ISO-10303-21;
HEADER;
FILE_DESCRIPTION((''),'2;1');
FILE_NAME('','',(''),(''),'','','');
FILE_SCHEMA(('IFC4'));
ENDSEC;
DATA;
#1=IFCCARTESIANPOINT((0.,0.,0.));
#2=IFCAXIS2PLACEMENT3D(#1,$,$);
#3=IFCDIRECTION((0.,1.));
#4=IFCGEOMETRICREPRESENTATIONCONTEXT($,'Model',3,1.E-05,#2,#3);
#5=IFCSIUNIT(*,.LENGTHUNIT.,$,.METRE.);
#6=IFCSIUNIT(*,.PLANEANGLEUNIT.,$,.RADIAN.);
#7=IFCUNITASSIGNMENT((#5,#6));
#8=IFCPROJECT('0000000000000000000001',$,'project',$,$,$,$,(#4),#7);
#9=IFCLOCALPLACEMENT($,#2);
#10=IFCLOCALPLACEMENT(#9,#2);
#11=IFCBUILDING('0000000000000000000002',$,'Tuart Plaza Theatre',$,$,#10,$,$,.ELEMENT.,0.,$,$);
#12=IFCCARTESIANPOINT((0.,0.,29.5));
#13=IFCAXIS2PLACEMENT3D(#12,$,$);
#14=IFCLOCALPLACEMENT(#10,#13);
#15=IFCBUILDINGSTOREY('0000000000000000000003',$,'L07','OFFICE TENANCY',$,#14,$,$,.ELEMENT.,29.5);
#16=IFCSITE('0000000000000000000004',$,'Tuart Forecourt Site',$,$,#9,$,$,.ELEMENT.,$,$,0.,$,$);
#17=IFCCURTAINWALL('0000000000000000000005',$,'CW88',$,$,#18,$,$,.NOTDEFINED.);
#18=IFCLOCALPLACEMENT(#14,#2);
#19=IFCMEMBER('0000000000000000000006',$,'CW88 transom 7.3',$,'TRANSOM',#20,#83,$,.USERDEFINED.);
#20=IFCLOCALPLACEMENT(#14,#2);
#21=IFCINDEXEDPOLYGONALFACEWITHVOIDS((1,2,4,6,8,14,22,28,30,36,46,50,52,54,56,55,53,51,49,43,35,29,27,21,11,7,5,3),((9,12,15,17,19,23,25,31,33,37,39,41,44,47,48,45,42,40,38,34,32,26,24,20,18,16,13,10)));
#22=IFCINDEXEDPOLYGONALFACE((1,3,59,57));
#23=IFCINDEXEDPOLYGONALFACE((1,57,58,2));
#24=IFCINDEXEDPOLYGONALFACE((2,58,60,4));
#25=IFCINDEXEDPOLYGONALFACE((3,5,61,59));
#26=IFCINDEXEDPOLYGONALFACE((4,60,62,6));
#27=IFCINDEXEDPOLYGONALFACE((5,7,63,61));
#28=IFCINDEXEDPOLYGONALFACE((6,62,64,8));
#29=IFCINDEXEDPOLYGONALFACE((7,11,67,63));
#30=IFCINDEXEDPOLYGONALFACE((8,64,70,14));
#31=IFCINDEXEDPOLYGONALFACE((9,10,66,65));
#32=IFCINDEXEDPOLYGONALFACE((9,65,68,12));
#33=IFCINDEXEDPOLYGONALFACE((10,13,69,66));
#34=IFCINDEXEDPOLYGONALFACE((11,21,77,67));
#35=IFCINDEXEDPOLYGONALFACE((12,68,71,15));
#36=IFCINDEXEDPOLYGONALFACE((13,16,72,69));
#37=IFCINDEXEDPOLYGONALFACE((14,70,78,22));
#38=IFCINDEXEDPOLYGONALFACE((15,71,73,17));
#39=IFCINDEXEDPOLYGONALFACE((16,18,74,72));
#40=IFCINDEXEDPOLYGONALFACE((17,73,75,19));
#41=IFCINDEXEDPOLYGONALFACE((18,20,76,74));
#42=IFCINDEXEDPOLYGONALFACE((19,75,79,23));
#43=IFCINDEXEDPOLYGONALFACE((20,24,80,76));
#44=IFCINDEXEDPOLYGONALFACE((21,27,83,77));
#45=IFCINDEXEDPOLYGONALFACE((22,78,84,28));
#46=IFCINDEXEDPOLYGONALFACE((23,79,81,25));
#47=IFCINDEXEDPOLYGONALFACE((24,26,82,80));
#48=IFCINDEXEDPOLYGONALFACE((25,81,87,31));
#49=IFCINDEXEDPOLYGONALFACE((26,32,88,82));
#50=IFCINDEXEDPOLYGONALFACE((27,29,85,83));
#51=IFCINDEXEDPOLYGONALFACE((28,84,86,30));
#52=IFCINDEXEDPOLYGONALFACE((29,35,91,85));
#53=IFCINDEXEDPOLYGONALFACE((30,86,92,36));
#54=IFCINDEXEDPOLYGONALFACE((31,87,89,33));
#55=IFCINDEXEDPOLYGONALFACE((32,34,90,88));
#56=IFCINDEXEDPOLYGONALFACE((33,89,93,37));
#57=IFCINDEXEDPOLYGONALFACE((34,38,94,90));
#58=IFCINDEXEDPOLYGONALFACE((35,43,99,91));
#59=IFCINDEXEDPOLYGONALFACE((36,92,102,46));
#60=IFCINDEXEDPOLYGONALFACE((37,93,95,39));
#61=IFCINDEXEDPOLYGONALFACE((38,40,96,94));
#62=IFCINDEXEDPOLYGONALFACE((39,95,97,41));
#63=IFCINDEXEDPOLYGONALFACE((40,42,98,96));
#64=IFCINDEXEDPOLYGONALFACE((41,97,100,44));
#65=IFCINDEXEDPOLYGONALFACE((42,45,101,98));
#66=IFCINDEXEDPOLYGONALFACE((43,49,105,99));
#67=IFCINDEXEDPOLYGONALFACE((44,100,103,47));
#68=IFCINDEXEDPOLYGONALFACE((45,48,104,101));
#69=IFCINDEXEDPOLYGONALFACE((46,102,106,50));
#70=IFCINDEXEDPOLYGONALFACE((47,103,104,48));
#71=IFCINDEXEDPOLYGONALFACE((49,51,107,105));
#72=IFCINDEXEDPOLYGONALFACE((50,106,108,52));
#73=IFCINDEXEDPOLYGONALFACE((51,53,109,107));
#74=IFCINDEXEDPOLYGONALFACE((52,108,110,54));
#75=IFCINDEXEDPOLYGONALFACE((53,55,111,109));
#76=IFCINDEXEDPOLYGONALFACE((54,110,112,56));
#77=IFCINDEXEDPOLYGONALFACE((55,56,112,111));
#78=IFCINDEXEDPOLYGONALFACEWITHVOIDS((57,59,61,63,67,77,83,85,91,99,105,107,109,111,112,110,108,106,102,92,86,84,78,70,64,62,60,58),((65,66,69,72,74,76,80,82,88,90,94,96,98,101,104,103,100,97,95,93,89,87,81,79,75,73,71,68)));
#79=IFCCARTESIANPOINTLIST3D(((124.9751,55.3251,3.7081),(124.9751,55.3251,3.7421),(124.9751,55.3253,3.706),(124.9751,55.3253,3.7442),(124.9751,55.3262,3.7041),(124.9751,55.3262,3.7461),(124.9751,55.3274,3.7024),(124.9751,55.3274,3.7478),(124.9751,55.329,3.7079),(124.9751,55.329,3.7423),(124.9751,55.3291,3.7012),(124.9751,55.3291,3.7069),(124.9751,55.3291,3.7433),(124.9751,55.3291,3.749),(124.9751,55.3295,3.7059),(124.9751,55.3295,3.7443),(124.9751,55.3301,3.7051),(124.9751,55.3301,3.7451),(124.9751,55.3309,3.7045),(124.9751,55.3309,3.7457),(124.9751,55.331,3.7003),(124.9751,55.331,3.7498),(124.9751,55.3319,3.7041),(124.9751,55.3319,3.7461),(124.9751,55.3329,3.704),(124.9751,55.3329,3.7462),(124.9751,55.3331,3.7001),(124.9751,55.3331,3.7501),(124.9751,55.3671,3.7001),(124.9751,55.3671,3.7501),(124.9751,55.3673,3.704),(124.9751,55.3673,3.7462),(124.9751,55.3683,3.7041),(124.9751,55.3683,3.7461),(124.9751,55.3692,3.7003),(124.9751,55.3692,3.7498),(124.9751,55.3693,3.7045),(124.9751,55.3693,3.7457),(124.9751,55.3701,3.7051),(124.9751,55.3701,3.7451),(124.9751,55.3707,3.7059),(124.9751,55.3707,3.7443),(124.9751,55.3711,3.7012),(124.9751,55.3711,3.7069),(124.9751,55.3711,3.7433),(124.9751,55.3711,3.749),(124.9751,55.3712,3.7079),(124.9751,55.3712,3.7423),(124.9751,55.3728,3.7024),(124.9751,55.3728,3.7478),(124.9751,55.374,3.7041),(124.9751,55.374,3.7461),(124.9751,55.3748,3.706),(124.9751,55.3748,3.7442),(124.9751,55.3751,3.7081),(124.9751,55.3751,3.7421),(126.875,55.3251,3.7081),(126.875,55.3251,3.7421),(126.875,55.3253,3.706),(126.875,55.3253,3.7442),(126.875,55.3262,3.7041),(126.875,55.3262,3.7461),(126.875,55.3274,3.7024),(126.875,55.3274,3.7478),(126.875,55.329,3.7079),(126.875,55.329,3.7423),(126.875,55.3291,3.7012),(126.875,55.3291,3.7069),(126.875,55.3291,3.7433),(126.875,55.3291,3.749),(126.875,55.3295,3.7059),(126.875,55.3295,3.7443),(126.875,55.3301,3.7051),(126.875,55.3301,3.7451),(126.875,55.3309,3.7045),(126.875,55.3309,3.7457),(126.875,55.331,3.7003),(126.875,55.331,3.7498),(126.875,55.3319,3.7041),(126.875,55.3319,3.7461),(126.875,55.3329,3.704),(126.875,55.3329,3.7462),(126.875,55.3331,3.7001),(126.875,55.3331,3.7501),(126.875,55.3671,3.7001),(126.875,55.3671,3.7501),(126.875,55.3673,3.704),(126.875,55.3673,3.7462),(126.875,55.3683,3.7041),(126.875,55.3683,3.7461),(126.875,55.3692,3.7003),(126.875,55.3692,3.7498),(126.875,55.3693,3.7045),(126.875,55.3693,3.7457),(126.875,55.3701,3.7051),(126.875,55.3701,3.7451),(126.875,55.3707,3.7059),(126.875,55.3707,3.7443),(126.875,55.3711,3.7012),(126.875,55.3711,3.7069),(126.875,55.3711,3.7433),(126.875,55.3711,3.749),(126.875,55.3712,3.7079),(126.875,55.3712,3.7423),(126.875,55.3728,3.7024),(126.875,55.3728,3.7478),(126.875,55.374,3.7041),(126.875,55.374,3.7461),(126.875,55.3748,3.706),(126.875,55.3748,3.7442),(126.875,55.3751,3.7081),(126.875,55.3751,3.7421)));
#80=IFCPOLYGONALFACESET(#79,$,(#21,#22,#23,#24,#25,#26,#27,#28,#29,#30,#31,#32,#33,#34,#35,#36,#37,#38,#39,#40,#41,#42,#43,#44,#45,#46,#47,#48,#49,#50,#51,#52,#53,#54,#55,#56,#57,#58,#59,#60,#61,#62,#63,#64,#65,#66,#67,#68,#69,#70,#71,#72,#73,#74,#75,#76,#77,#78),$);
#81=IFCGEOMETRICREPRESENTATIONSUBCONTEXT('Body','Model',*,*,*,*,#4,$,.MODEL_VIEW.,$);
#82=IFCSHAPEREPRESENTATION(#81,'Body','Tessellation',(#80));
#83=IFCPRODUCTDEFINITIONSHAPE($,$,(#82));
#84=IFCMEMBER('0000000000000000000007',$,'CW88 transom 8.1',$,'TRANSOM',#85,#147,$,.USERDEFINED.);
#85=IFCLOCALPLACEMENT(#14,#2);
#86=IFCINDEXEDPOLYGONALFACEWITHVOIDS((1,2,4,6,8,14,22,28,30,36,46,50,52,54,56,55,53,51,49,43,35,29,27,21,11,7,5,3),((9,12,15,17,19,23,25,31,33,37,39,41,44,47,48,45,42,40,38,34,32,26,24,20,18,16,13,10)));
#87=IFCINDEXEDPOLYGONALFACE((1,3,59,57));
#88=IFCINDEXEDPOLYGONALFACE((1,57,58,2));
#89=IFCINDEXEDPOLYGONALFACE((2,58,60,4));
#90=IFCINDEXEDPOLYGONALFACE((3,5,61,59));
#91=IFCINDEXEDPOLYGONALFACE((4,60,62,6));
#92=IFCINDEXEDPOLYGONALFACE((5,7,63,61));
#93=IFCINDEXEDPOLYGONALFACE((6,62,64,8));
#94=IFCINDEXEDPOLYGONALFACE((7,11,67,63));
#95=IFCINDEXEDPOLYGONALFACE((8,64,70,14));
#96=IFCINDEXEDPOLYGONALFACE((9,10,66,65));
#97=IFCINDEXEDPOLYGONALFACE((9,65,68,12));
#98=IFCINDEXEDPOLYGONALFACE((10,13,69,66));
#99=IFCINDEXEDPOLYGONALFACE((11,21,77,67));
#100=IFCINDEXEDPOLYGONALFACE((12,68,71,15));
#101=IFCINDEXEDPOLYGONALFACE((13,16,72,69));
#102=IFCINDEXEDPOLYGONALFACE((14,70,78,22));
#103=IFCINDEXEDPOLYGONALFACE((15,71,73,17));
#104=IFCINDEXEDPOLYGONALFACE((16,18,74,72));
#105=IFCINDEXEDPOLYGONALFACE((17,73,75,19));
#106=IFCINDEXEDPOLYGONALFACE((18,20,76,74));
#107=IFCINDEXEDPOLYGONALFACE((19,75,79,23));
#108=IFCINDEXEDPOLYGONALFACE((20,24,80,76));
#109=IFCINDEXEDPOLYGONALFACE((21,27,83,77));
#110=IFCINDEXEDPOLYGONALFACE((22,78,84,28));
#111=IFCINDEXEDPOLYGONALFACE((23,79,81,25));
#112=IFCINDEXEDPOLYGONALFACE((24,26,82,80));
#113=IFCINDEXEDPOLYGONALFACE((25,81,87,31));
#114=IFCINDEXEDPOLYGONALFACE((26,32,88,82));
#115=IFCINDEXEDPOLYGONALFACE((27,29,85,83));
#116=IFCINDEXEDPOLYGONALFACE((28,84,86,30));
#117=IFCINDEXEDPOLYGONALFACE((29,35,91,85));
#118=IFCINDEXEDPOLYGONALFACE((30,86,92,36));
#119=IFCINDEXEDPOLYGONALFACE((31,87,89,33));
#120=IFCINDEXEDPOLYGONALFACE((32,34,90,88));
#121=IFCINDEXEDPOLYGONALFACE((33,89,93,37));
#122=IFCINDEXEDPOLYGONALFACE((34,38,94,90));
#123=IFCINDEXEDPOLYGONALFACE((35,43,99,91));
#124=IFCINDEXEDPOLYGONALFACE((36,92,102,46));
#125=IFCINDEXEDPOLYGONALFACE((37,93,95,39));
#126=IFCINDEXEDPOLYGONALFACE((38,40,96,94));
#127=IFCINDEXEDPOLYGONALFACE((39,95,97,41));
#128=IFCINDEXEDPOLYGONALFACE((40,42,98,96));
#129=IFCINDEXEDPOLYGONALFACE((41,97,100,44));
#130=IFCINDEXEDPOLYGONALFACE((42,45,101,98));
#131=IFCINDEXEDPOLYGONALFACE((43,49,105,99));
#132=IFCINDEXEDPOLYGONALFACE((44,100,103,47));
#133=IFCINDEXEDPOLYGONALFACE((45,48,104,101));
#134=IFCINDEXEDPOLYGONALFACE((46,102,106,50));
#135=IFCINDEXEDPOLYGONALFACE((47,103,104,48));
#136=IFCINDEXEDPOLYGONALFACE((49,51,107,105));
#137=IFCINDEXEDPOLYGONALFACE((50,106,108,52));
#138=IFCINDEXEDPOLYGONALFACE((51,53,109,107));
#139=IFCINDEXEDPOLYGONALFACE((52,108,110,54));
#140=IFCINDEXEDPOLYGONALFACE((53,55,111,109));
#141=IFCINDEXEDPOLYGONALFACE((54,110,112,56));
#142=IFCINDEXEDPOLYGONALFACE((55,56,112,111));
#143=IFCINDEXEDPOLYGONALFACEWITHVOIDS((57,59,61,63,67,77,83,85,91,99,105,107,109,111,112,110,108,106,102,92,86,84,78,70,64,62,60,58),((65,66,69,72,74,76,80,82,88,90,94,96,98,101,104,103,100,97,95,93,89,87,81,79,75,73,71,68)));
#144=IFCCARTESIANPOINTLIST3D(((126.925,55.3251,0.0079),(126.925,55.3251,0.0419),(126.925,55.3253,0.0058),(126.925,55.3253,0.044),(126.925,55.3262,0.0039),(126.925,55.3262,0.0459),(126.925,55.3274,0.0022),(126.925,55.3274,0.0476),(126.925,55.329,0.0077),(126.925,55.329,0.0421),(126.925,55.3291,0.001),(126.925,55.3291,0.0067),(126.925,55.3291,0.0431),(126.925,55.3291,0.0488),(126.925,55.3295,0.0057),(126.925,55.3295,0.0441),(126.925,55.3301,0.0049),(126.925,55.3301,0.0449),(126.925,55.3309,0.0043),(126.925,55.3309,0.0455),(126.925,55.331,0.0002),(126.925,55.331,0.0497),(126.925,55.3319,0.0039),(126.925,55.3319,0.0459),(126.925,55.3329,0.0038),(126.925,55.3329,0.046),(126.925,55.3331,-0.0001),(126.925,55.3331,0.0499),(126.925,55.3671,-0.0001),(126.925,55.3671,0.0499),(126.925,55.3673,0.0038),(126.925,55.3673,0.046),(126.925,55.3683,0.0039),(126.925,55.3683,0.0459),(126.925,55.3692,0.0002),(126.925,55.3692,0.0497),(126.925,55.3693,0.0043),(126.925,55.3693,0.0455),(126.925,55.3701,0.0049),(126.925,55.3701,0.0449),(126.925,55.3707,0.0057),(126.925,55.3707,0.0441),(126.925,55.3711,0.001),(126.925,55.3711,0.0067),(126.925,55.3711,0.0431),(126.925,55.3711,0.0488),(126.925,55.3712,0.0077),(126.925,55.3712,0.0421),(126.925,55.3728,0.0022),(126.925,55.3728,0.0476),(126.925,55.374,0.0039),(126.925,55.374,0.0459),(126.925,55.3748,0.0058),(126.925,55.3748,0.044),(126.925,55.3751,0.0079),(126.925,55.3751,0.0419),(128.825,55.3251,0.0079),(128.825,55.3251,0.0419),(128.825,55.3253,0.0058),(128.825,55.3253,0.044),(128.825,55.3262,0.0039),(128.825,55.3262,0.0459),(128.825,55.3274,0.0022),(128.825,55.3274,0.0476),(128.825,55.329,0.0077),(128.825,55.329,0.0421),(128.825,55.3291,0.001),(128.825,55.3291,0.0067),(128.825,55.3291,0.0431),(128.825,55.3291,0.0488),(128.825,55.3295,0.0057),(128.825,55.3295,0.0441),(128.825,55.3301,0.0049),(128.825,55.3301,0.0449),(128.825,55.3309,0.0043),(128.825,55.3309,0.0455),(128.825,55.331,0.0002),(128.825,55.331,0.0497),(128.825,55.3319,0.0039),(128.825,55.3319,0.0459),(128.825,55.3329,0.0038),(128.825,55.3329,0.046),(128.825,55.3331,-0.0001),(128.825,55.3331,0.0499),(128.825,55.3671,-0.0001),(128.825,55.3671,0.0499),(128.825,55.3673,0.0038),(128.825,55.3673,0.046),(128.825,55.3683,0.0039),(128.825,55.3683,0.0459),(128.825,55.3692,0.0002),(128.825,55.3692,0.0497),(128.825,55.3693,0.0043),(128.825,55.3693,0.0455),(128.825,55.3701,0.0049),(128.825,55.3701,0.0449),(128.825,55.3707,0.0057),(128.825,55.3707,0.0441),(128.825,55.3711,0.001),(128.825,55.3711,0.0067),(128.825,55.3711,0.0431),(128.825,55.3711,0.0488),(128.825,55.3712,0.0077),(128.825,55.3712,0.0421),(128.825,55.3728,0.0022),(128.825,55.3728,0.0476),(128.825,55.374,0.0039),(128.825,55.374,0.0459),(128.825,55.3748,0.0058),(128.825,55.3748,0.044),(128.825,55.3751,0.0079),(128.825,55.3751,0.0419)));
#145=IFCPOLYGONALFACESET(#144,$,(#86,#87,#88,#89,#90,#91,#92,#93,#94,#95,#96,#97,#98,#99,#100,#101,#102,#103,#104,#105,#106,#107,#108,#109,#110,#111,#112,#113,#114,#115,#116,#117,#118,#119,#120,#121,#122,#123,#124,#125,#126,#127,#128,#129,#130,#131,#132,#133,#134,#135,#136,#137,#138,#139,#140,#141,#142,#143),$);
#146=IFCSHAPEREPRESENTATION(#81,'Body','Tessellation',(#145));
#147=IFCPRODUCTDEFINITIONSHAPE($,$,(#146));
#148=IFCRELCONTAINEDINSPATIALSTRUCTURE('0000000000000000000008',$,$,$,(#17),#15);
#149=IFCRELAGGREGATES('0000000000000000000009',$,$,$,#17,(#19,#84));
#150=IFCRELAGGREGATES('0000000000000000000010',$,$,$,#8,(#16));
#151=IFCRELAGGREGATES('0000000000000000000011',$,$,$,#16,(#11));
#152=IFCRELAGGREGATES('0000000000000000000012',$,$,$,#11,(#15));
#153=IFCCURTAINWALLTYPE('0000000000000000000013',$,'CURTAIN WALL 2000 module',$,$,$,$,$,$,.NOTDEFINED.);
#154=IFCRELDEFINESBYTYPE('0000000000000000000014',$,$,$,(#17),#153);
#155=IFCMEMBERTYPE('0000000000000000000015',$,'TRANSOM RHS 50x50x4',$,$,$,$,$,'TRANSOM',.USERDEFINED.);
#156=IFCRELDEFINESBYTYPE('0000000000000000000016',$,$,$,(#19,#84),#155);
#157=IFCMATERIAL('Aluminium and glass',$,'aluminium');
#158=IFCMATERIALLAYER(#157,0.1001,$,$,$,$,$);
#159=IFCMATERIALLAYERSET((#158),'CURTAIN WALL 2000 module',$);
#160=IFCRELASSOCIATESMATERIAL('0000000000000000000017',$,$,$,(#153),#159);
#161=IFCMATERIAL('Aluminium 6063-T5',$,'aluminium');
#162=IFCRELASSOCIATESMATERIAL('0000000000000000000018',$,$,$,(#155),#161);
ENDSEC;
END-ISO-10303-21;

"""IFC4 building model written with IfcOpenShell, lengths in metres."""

from ifc_helpers import new_model, si_unit, direction, frame, origin, origin_2d, place, context, subcontext, project, spatial, hollow_rectangle, extrude, material, layer, layer_set, material_profile, profile_set, type_object, element, aggregate, save


model = new_model("IFC4")

# Units and contexts
model_context = context("Model", 3, precision=1e-05, world=origin(), true_north=direction((0.0, 1.0)))
body_context = subcontext(model_context, "Body", "Model", "MODEL_VIEW")
ifc_project = project(units=[si_unit("LENGTHUNIT", "METRE"), si_unit("PLANEANGLEUNIT", "RADIAN")], contexts=[model_context])

# Site, building, storey
site_placement = place(None, origin())
site = spatial("IfcSite", under=ifc_project, at=site_placement, Name="Tuart Forecourt Site", CompositionType="ELEMENT", RefElevation=0.0)
building_placement = place(site_placement, origin())
building = spatial("IfcBuilding", under=site, at=building_placement, Name="Tuart Plaza Theatre", CompositionType="ELEMENT", ElevationOfRefHeight=0.0)
storey_placement = place(building_placement, frame((0.0, 0.0, 29.5)))
storey = spatial("IfcBuildingStorey", under=building, at=storey_placement, Name="L07", Description="OFFICE TENANCY", CompositionType="ELEMENT", Elevation=29.5)

# Curtain wall, members
ifc_material_1 = material(Name="Aluminium and glass", Category="aluminium")
ifc_layer_1 = layer(ifc_material_1, 0.1001)
ifc_layer_set_1 = layer_set([ifc_layer_1], Name="CURTAIN WALL 2000 module")
curtain_wall_type = type_object("IfcCurtainWallType", Name="CURTAIN WALL 2000 module", PredefinedType="NOTDEFINED", material=ifc_layer_set_1)
curtain_wall_placement = place(storey_placement, origin())
curtain_wall = element("IfcCurtainWall", 1, at=curtain_wall_placement, inside=storey, type_object=curtain_wall_type, Name="CW88", PredefinedType="NOTDEFINED")
ifc_material_2 = material(Name="Aluminium 6063-T5", Category="aluminium")
ifc_material_profile_1 = material_profile(ifc_material_2, hollow_rectangle(XDim=0.05, YDim=0.05, WallThickness=0.0039, InnerFilletRadius=0.0039, OuterFilletRadius=0.0081, at=origin_2d()), Name="RHS 50x50x4")
ifc_profile_set_1 = profile_set([ifc_material_profile_1], Name="Aluminium 6063-T5")
member_type_1 = type_object("IfcMemberType", Name="TRANSOM RHS 50x50x4", ElementType="TRANSOM", PredefinedType="USERDEFINED", material=ifc_profile_set_1)
member_1_placement = place(storey_placement, frame((124.9751, 55.3501, 3.7251), z_axis=(1.0, 0.0, 0.0), x_axis=(0.0, 1.0, 0.0)))
member_1 = element("IfcMember", 2, at=member_1_placement, type_object=member_type_1, Name="CW88 transom 7.3", ObjectType="TRANSOM", PredefinedType="USERDEFINED", context=body_context, shape_type="SweptSolid", body=[
    extrude(hollow_rectangle(XDim=0.05, YDim=0.05, WallThickness=0.0039, InnerFilletRadius=0.0039, OuterFilletRadius=0.0081, at=origin_2d()), origin(), (0.0, 0.0, 1.0), 1.8999),
])
member_2_placement = place(storey_placement, frame((126.925, 55.3501, 0.0249), z_axis=(1.0, 0.0, 0.0), x_axis=(0.0, 1.0, 0.0)))
member_2 = element("IfcMember", 3, at=member_2_placement, type_object=member_type_1, Name="CW88 transom 8.1", ObjectType="TRANSOM", PredefinedType="USERDEFINED", context=body_context, shape_type="SweptSolid", body=[
    extrude(hollow_rectangle(XDim=0.05, YDim=0.05, WallThickness=0.0039, InnerFilletRadius=0.0039, OuterFilletRadius=0.0081, at=origin_2d()), origin(), (0.0, 0.0, 1.0), 1.8999),
])
aggregate(curtain_wall, [member_1, member_2])

save(model, "model.ifc")
